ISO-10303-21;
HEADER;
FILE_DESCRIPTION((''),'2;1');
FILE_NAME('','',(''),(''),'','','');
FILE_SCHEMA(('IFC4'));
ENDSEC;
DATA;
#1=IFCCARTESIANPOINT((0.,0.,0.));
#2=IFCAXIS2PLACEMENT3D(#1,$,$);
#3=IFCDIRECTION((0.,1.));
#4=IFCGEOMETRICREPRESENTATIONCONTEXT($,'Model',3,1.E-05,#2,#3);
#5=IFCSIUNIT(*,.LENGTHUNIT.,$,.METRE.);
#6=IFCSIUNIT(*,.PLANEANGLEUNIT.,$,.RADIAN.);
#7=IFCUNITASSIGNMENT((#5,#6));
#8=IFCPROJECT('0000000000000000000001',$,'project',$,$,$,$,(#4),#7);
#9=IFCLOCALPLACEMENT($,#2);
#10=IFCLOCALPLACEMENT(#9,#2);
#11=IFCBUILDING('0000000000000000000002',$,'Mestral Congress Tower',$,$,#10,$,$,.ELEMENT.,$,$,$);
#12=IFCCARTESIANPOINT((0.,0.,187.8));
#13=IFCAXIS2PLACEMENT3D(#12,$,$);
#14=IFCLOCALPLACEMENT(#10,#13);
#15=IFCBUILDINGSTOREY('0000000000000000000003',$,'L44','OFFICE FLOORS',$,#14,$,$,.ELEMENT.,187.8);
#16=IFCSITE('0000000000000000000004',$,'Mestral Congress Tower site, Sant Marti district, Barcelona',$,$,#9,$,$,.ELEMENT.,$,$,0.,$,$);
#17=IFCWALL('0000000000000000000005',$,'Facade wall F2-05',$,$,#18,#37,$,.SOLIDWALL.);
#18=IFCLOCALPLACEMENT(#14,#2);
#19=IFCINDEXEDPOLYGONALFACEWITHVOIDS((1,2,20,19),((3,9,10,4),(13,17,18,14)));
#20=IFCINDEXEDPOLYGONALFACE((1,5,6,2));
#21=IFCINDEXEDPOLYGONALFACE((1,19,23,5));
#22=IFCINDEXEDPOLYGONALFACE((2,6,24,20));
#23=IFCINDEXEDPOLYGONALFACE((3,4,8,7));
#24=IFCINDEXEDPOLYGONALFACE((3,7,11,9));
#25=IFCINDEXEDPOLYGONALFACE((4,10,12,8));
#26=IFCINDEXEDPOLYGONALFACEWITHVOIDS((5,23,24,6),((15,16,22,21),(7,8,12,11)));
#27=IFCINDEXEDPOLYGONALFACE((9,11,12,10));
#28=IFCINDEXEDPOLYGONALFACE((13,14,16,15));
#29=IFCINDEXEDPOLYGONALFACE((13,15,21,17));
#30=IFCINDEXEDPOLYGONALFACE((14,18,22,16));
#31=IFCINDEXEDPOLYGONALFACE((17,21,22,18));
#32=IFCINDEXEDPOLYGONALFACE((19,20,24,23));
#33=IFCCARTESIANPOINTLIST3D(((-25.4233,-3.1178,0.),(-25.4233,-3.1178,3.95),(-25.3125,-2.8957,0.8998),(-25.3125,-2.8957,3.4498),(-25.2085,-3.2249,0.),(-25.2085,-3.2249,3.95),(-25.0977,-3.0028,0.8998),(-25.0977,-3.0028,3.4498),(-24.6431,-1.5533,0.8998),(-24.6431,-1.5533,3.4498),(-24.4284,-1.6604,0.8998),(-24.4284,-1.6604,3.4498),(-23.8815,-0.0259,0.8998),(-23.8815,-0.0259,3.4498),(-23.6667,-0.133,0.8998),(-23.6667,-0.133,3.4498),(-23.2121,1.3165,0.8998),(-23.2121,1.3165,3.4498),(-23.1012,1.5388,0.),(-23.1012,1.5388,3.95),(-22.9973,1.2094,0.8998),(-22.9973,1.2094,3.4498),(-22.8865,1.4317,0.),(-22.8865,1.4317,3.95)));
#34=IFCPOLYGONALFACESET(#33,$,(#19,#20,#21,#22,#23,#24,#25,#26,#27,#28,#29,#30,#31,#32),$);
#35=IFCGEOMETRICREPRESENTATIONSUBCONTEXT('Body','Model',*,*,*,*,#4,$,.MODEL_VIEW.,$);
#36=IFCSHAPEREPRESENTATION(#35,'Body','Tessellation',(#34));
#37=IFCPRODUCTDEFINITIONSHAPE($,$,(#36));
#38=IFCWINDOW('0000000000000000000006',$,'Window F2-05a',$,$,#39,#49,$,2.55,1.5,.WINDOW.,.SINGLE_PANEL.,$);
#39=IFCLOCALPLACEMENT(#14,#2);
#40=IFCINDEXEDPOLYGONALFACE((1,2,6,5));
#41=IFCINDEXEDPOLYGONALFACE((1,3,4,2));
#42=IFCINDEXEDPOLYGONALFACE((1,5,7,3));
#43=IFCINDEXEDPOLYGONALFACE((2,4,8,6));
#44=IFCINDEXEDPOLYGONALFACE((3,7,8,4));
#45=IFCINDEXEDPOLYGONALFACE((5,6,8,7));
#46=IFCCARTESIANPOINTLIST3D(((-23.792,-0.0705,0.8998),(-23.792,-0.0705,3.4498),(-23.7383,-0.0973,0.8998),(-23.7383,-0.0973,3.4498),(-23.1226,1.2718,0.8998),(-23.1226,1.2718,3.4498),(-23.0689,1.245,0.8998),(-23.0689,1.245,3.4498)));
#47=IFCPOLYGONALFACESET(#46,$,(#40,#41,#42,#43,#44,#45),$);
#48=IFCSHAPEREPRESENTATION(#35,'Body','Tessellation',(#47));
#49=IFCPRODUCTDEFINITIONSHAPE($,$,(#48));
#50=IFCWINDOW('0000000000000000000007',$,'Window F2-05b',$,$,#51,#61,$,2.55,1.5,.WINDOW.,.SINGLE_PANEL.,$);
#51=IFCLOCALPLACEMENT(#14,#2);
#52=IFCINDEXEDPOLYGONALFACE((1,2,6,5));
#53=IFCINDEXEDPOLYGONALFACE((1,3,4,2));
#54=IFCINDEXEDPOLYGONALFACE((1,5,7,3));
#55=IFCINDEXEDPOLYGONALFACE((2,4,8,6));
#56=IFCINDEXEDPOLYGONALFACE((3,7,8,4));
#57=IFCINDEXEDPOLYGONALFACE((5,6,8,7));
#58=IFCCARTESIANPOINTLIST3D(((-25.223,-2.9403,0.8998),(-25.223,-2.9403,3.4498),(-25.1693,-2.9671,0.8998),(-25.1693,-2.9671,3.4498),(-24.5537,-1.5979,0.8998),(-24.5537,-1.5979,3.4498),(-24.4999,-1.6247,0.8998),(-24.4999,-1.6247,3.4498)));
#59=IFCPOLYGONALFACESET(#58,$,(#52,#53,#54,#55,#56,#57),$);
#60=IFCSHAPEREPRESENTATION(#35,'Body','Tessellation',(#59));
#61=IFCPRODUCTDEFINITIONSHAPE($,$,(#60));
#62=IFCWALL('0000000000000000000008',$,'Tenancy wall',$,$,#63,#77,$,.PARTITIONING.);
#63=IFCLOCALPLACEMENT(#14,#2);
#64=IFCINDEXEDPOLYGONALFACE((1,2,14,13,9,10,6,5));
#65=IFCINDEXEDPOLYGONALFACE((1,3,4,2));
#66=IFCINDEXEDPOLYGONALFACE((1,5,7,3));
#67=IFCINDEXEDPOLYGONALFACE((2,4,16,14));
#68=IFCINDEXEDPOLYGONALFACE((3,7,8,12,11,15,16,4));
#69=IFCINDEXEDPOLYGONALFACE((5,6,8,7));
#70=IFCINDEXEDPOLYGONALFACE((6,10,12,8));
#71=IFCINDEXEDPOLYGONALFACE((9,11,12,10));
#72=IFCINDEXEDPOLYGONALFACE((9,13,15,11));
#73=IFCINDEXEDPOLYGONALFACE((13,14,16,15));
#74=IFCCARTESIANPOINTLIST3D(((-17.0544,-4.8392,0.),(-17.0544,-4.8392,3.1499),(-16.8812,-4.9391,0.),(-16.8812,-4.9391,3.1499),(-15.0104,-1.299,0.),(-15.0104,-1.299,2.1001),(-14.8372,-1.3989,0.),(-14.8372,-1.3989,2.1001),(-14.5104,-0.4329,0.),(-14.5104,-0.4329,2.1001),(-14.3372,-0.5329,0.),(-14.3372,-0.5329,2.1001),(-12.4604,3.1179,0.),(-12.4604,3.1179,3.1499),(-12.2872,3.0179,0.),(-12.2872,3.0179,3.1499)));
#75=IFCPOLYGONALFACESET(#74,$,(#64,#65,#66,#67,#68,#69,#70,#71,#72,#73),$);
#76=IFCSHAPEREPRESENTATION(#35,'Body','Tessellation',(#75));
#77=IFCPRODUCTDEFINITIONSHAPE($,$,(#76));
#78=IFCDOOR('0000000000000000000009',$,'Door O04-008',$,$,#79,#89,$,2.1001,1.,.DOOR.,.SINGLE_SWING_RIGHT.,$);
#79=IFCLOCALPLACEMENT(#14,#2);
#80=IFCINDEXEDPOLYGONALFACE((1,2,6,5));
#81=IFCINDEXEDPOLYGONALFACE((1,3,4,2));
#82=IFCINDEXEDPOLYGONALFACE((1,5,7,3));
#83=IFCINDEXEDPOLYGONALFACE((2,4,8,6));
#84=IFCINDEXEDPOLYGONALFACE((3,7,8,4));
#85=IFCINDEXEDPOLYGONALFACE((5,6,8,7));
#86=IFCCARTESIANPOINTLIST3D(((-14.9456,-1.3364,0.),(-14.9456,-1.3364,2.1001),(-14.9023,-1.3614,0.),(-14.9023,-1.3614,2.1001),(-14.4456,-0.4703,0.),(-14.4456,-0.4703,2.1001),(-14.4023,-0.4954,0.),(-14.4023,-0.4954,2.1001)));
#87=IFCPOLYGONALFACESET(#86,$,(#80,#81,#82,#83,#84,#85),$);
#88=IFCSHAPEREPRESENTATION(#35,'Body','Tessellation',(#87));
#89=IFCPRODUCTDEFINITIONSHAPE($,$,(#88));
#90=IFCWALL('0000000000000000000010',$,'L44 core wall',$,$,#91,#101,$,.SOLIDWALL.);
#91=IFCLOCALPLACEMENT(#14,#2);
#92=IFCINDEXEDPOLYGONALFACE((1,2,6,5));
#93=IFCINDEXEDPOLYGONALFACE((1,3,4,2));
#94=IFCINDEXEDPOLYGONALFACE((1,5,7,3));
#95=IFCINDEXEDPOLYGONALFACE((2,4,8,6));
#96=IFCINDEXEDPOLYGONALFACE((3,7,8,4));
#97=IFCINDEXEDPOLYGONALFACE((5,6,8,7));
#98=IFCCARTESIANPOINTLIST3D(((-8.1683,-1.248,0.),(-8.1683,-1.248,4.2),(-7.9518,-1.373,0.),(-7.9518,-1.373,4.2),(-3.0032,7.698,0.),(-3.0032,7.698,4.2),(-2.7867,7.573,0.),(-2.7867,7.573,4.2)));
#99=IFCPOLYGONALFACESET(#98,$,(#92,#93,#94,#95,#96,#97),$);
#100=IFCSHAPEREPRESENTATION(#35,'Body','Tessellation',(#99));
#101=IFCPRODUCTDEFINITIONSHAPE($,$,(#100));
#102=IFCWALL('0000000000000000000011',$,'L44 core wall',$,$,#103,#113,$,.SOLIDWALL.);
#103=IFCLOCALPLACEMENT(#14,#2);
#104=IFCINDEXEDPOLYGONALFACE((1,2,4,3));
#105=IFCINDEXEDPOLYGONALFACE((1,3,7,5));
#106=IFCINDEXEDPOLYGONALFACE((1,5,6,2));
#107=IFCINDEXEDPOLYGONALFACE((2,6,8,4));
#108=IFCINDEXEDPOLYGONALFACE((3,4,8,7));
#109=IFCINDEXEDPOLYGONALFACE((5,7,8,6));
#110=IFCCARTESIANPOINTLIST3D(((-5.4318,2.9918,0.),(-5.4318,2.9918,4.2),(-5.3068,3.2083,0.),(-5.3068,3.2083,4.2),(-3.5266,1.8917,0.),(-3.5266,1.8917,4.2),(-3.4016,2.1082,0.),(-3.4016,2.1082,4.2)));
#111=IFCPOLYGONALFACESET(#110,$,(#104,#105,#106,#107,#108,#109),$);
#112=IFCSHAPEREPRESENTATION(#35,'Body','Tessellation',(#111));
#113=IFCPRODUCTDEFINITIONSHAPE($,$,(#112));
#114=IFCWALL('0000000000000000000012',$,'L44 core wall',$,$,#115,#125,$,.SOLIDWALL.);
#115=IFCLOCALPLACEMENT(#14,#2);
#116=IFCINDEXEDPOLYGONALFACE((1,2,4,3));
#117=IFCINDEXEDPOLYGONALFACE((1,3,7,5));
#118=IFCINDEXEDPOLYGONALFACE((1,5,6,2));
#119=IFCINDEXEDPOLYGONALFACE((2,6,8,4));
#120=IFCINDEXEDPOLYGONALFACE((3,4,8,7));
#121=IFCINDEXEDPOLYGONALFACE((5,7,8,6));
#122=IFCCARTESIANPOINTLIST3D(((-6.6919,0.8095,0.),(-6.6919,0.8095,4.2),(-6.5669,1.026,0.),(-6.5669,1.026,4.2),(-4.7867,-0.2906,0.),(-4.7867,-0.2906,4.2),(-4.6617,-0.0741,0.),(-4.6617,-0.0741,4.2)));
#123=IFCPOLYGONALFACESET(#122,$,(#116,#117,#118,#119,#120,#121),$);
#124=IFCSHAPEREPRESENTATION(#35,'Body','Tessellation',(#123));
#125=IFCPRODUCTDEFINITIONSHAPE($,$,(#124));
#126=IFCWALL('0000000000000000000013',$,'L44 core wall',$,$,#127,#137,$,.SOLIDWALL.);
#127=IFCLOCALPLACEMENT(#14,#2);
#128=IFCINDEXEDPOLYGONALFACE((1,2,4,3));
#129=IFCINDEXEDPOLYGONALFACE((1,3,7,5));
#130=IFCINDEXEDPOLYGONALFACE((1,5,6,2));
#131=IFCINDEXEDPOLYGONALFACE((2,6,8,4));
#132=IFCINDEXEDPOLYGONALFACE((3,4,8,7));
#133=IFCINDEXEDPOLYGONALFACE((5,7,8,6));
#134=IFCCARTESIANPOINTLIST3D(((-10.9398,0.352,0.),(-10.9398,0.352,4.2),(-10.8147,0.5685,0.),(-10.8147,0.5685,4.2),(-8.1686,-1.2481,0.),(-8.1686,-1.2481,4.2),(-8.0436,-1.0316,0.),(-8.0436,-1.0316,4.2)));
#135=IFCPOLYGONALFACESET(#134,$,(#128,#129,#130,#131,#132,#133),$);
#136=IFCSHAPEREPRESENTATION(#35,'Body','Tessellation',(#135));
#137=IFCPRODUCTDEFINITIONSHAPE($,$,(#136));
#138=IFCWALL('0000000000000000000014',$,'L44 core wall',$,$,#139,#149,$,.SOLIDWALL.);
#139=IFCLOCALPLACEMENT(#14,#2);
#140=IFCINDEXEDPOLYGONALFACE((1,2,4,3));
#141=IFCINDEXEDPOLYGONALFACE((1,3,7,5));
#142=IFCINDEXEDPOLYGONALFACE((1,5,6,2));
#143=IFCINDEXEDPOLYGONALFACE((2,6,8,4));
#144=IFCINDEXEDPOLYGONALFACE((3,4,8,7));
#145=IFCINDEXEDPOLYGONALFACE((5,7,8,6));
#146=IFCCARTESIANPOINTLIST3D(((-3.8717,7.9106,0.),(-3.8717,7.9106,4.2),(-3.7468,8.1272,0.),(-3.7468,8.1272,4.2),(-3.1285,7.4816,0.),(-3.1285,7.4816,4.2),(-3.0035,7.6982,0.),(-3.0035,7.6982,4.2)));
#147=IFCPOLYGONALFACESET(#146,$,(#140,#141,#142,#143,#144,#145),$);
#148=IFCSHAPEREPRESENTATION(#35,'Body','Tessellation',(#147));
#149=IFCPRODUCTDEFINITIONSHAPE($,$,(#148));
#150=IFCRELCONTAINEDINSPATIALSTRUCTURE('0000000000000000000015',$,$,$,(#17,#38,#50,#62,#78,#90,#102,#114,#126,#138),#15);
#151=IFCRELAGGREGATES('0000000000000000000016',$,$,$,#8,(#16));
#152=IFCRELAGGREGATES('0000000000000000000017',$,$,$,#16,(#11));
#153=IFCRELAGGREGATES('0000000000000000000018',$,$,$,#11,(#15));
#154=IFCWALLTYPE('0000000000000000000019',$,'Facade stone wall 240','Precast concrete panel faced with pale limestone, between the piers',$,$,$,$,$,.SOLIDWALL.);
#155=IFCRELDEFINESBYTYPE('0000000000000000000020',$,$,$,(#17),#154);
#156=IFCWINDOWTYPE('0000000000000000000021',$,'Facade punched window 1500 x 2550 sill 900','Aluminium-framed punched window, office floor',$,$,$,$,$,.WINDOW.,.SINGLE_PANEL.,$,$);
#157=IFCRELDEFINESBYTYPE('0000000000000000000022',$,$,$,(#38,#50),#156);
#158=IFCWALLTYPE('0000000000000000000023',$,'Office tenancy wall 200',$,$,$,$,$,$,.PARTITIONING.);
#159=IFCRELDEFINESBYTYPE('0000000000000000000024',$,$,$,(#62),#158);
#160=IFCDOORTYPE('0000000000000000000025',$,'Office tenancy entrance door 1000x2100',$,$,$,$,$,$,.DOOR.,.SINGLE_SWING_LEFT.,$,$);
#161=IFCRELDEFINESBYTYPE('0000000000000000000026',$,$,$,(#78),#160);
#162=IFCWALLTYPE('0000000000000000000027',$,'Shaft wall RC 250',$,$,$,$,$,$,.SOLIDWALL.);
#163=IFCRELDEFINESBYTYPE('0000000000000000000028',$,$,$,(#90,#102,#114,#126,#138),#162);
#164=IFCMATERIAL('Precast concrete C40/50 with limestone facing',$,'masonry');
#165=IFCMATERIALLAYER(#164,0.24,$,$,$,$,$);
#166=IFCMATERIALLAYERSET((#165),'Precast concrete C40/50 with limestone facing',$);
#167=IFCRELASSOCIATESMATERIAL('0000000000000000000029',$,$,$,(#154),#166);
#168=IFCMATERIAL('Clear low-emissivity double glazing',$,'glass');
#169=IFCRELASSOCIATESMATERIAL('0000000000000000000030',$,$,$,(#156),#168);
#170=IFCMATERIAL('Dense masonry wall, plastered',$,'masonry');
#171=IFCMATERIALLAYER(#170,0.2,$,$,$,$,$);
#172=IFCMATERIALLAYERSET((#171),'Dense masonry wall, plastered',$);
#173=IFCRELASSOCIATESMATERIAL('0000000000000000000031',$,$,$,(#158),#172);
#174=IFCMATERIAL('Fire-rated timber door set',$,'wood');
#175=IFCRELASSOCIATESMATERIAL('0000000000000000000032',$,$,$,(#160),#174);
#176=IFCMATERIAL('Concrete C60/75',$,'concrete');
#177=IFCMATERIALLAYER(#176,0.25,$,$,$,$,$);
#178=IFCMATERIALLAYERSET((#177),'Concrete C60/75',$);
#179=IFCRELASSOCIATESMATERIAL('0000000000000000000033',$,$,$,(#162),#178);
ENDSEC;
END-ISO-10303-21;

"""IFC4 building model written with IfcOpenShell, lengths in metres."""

from ifc_helpers import new_model, si_unit, direction, frame, frame_2d, origin, place, context, subcontext, project, spatial, rectangle, extrude, material, layer, layer_set, type_object, element, fill, save


model = new_model("IFC4")

# Units and contexts
model_context = context("Model", 3, precision=1e-05, world=origin(), true_north=direction((0.0, 1.0)))
body_context = subcontext(model_context, "Body", "Model", "MODEL_VIEW")
ifc_project = project(units=[si_unit("LENGTHUNIT", "METRE"), si_unit("PLANEANGLEUNIT", "RADIAN")], contexts=[model_context])

# Site, building, storey
site_placement = place(None, origin())
site = spatial("IfcSite", under=ifc_project, at=site_placement, Name="Mestral Congress Tower site, Sant Marti district, Barcelona", CompositionType="ELEMENT", RefElevation=0.0)
building_placement = place(site_placement, origin())
building = spatial("IfcBuilding", under=site, at=building_placement, Name="Mestral Congress Tower", CompositionType="ELEMENT")
storey_placement = place(building_placement, frame((0.0, 0.0, 187.8)))
storey = spatial("IfcBuildingStorey", under=building, at=storey_placement, Name="L44", Description="OFFICE FLOORS", CompositionType="ELEMENT", Elevation=187.8)

# Shared definitions
ifc_material_1 = material(Name="Concrete C60/75", Category="concrete")

# Wall, openings, windows
ifc_material_2 = material(Name="Precast concrete C40/50 with limestone facing", Category="masonry")
ifc_layer_1 = layer(ifc_material_2, 0.24)
ifc_layer_set_1 = layer_set([ifc_layer_1], Name="Precast concrete C40/50 with limestone facing")
wall_type_1 = type_object("IfcWallType", Name="Facade stone wall 240", Description="Precast concrete panel faced with pale limestone, between the piers", PredefinedType="SOLIDWALL", material=ifc_layer_set_1)
ifc_material_3 = material(Name="Clear low-emissivity double glazing", Category="glass")
window_type = type_object("IfcWindowType", Name="Facade punched window 1500 x 2550 sill 900", Description="Aluminium-framed punched window, office floor", PartitioningType="SINGLE_PANEL", PredefinedType="WINDOW", material=ifc_material_3)
wall_1_placement = place(storey_placement, frame((-22.9939, 1.4851, 0.0), z_axis=(0.0, 0.0, 1.0), x_axis=(-0.446256, -0.894905, 0.0)))
wall_1 = element("IfcWall", 1, at=wall_1_placement, inside=storey, type_object=wall_type_1, Name="Facade wall F2-05", PredefinedType="SOLIDWALL", context=body_context, shape_type="SweptSolid", body=[
    extrude(rectangle(XDim=5.2034, YDim=0.24, at=frame_2d((2.6016, 0.0))), origin(), (0.0, 0.0, 1.0), 3.95),
])
opening_1_placement = place(wall_1_placement, frame((0.2483, 0.0, 0.8999)))
opening_1 = element("IfcOpeningElement", 2, at=opening_1_placement, cuts=wall_1, PredefinedType="OPENING", context=body_context, shape_type="SweptSolid", body=[
    extrude(rectangle(XDim=1.5, YDim=2.55, at=frame_2d((0.75, 1.2749))), frame((0.0, 0.1299, 0.0), z_axis=(0.0, -1.0, 0.0), x_axis=(1.0, 0.0, 0.0)), (0.0, 0.0, 1.0), 0.26),
])
opening_2_placement = place(wall_1_placement, frame((3.4551, 0.0, 0.8999)))
opening_2 = element("IfcOpeningElement", 3, at=opening_2_placement, cuts=wall_1, PredefinedType="OPENING", context=body_context, shape_type="SweptSolid", body=[
    extrude(rectangle(XDim=1.5, YDim=2.55, at=frame_2d((0.75, 1.2749))), frame((0.0, 0.1299, 0.0), z_axis=(0.0, -1.0, 0.0), x_axis=(1.0, 0.0, 0.0)), (0.0, 0.0, 1.0), 0.26),
])
window_1_placement = place(opening_1_placement, origin())
window_1 = element("IfcWindow", 4, at=window_1_placement, inside=storey, type_object=window_type, Name="Window F2-05a", OverallHeight=2.55, OverallWidth=1.5, PartitioningType="SINGLE_PANEL", PredefinedType="WINDOW", context=body_context, shape_type="SweptSolid", body=[
    extrude(rectangle(XDim=1.5, YDim=2.55, at=frame_2d((0.75, 1.2749))), frame((0.0, 0.04, 0.0), z_axis=(0.0, -1.0, 0.0), x_axis=(1.0, 0.0, 0.0)), (0.0, 0.0, 1.0), 0.0601),
])
fill(opening_1, window_1)
window_2_placement = place(opening_2_placement, origin())
window_2 = element("IfcWindow", 5, at=window_2_placement, inside=storey, type_object=window_type, Name="Window F2-05b", OverallHeight=2.55, OverallWidth=1.5, PartitioningType="SINGLE_PANEL", PredefinedType="WINDOW", context=body_context, shape_type="SweptSolid", body=[
    extrude(rectangle(XDim=1.5, YDim=2.55, at=frame_2d((0.75, 1.2749))), frame((0.0, 0.04, 0.0), z_axis=(0.0, -1.0, 0.0), x_axis=(1.0, 0.0, 0.0)), (0.0, 0.0, 1.0), 0.0601),
])
fill(opening_2, window_2)

# Wall, opening, door
ifc_material_4 = material(Name="Dense masonry wall, plastered", Category="masonry")
ifc_layer_2 = layer(ifc_material_4, 0.2)
ifc_layer_set_2 = layer_set([ifc_layer_2], Name="Dense masonry wall, plastered")
wall_type_2 = type_object("IfcWallType", Name="Office tenancy wall 200", PredefinedType="PARTITIONING", material=ifc_layer_set_2)
wall_2_placement = place(storey_placement, frame((-12.3738, 3.0679, 0.0), z_axis=(0.0, 0.0, 1.0), x_axis=(-0.5, -0.866025, 0.0)))
wall_2 = element("IfcWall", 6, at=wall_2_placement, inside=storey, type_object=wall_type_2, Name="Tenancy wall", PredefinedType="PARTITIONING", context=body_context, shape_type="SweptSolid", body=[
    extrude(rectangle(XDim=9.188, YDim=0.2, at=frame_2d((4.594, 0.0))), origin(), (0.0, 0.0, 1.0), 3.1499),
])
opening_3_placement = place(wall_2_placement, frame((4.1001, 0.0, 0.0)))
opening_3 = element("IfcOpeningElement", 7, at=opening_3_placement, cuts=wall_2, PredefinedType="OPENING", context=body_context, shape_type="SweptSolid", body=[
    extrude(rectangle(XDim=1.0, YDim=2.1001, at=frame_2d((0.5, 1.05))), frame((0.0, 0.1099, 0.0), z_axis=(0.0, -1.0, 0.0), x_axis=(1.0, 0.0, 0.0)), (0.0, 0.0, 1.0), 0.22),
])
ifc_material_5 = material(Name="Fire-rated timber door set", Category="wood")
door_type_1 = type_object("IfcDoorType", Name="Office tenancy entrance door 1000x2100", OperationType="SINGLE_SWING_LEFT", PredefinedType="DOOR", material=ifc_material_5)
door_1_placement = place(opening_3_placement, origin())
door_1 = element("IfcDoor", 8, at=door_1_placement, inside=storey, type_object=door_type_1, Name="Door O04-008", OperationType="SINGLE_SWING_RIGHT", OverallHeight=2.1001, OverallWidth=1.0, PredefinedType="DOOR", context=body_context, shape_type="SweptSolid", body=[
    extrude(rectangle(XDim=1.0, YDim=2.1001, at=frame_2d((0.5, 1.05))), frame((0.0, 0.0249, 0.0), z_axis=(0.0, -1.0, 0.0), x_axis=(1.0, 0.0, 0.0)), (0.0, 0.0, 1.0), 0.05),
])
fill(opening_3, door_1)

# Walls
ifc_layer_3 = layer(ifc_material_1, 0.25)
ifc_layer_set_3 = layer_set([ifc_layer_3], Name="Concrete C60/75")
wall_type_3 = type_object("IfcWallType", Name="Shaft wall RC 250", PredefinedType="SOLIDWALL", material=ifc_layer_set_3)
wall_3_placement = place(storey_placement, frame((-8.0601, -1.3105, 0.0), z_axis=(0.0, 0.0, 1.0), x_axis=(0.500003, 0.866024, 0.0)))
element("IfcWall", 9, at=wall_3_placement, inside=storey, type_object=wall_type_3, Name="L44 core wall", PredefinedType="SOLIDWALL", context=body_context, shape_type="SweptSolid", body=[
    extrude(rectangle(XDim=10.3301, YDim=0.25, at=frame_2d((5.165, 0.0))), origin(), (0.0, 0.0, 1.0), 4.2),
])
for number, where, z_axis, x_axis, name in (
    (10, (-5.3694, 3.1001, 0.0), (0.0, 0.0, 1.0), (0.866008, -0.50003, 0.0), "L44 core wall"),
    (11, (-4.7241, -0.1824, 0.0), (0.0, 0.0, 1.0), (-0.866008, 0.50003, 0.0), "L44 core wall"),
):
    element("IfcWall", number, at=place(storey_placement, frame(where, z_axis=z_axis, x_axis=x_axis)), inside=storey, type_object=wall_type_3, Name=name, PredefinedType="SOLIDWALL", context=body_context, shape_type="SweptSolid", body=[
        extrude(rectangle(XDim=2.2, YDim=0.25, at=frame_2d((1.1001, 0.0))), origin(), (0.0, 0.0, 1.0), 4.2),
    ])
wall_4_placement = place(storey_placement, frame((-8.106, -1.1399, 0.0), z_axis=(0.0, 0.0, 1.0), x_axis=(-0.866009, 0.500028, 0.0)))
element("IfcWall", 12, at=wall_4_placement, inside=storey, type_object=wall_type_3, Name="L44 core wall", PredefinedType="SOLIDWALL", context=body_context, shape_type="SweptSolid", body=[
    extrude(rectangle(XDim=3.2, YDim=0.25, at=frame_2d((1.6001, 0.0))), origin(), (0.0, 0.0, 1.0), 4.2),
])
wall_5_placement = place(storey_placement, frame((-3.0659, 7.5898, 0.0), z_axis=(0.0, 0.0, 1.0), x_axis=(-0.866081, 0.499903, 0.0)))
element("IfcWall", 13, at=wall_5_placement, inside=storey, type_object=wall_type_3, Name="L44 core wall", PredefinedType="SOLIDWALL", context=body_context, shape_type="SweptSolid", body=[
    extrude(rectangle(XDim=0.8582, YDim=0.25, at=frame_2d((0.4292, 0.0))), origin(), (0.0, 0.0, 1.0), 4.2),
])

save(model, "model.ifc")
